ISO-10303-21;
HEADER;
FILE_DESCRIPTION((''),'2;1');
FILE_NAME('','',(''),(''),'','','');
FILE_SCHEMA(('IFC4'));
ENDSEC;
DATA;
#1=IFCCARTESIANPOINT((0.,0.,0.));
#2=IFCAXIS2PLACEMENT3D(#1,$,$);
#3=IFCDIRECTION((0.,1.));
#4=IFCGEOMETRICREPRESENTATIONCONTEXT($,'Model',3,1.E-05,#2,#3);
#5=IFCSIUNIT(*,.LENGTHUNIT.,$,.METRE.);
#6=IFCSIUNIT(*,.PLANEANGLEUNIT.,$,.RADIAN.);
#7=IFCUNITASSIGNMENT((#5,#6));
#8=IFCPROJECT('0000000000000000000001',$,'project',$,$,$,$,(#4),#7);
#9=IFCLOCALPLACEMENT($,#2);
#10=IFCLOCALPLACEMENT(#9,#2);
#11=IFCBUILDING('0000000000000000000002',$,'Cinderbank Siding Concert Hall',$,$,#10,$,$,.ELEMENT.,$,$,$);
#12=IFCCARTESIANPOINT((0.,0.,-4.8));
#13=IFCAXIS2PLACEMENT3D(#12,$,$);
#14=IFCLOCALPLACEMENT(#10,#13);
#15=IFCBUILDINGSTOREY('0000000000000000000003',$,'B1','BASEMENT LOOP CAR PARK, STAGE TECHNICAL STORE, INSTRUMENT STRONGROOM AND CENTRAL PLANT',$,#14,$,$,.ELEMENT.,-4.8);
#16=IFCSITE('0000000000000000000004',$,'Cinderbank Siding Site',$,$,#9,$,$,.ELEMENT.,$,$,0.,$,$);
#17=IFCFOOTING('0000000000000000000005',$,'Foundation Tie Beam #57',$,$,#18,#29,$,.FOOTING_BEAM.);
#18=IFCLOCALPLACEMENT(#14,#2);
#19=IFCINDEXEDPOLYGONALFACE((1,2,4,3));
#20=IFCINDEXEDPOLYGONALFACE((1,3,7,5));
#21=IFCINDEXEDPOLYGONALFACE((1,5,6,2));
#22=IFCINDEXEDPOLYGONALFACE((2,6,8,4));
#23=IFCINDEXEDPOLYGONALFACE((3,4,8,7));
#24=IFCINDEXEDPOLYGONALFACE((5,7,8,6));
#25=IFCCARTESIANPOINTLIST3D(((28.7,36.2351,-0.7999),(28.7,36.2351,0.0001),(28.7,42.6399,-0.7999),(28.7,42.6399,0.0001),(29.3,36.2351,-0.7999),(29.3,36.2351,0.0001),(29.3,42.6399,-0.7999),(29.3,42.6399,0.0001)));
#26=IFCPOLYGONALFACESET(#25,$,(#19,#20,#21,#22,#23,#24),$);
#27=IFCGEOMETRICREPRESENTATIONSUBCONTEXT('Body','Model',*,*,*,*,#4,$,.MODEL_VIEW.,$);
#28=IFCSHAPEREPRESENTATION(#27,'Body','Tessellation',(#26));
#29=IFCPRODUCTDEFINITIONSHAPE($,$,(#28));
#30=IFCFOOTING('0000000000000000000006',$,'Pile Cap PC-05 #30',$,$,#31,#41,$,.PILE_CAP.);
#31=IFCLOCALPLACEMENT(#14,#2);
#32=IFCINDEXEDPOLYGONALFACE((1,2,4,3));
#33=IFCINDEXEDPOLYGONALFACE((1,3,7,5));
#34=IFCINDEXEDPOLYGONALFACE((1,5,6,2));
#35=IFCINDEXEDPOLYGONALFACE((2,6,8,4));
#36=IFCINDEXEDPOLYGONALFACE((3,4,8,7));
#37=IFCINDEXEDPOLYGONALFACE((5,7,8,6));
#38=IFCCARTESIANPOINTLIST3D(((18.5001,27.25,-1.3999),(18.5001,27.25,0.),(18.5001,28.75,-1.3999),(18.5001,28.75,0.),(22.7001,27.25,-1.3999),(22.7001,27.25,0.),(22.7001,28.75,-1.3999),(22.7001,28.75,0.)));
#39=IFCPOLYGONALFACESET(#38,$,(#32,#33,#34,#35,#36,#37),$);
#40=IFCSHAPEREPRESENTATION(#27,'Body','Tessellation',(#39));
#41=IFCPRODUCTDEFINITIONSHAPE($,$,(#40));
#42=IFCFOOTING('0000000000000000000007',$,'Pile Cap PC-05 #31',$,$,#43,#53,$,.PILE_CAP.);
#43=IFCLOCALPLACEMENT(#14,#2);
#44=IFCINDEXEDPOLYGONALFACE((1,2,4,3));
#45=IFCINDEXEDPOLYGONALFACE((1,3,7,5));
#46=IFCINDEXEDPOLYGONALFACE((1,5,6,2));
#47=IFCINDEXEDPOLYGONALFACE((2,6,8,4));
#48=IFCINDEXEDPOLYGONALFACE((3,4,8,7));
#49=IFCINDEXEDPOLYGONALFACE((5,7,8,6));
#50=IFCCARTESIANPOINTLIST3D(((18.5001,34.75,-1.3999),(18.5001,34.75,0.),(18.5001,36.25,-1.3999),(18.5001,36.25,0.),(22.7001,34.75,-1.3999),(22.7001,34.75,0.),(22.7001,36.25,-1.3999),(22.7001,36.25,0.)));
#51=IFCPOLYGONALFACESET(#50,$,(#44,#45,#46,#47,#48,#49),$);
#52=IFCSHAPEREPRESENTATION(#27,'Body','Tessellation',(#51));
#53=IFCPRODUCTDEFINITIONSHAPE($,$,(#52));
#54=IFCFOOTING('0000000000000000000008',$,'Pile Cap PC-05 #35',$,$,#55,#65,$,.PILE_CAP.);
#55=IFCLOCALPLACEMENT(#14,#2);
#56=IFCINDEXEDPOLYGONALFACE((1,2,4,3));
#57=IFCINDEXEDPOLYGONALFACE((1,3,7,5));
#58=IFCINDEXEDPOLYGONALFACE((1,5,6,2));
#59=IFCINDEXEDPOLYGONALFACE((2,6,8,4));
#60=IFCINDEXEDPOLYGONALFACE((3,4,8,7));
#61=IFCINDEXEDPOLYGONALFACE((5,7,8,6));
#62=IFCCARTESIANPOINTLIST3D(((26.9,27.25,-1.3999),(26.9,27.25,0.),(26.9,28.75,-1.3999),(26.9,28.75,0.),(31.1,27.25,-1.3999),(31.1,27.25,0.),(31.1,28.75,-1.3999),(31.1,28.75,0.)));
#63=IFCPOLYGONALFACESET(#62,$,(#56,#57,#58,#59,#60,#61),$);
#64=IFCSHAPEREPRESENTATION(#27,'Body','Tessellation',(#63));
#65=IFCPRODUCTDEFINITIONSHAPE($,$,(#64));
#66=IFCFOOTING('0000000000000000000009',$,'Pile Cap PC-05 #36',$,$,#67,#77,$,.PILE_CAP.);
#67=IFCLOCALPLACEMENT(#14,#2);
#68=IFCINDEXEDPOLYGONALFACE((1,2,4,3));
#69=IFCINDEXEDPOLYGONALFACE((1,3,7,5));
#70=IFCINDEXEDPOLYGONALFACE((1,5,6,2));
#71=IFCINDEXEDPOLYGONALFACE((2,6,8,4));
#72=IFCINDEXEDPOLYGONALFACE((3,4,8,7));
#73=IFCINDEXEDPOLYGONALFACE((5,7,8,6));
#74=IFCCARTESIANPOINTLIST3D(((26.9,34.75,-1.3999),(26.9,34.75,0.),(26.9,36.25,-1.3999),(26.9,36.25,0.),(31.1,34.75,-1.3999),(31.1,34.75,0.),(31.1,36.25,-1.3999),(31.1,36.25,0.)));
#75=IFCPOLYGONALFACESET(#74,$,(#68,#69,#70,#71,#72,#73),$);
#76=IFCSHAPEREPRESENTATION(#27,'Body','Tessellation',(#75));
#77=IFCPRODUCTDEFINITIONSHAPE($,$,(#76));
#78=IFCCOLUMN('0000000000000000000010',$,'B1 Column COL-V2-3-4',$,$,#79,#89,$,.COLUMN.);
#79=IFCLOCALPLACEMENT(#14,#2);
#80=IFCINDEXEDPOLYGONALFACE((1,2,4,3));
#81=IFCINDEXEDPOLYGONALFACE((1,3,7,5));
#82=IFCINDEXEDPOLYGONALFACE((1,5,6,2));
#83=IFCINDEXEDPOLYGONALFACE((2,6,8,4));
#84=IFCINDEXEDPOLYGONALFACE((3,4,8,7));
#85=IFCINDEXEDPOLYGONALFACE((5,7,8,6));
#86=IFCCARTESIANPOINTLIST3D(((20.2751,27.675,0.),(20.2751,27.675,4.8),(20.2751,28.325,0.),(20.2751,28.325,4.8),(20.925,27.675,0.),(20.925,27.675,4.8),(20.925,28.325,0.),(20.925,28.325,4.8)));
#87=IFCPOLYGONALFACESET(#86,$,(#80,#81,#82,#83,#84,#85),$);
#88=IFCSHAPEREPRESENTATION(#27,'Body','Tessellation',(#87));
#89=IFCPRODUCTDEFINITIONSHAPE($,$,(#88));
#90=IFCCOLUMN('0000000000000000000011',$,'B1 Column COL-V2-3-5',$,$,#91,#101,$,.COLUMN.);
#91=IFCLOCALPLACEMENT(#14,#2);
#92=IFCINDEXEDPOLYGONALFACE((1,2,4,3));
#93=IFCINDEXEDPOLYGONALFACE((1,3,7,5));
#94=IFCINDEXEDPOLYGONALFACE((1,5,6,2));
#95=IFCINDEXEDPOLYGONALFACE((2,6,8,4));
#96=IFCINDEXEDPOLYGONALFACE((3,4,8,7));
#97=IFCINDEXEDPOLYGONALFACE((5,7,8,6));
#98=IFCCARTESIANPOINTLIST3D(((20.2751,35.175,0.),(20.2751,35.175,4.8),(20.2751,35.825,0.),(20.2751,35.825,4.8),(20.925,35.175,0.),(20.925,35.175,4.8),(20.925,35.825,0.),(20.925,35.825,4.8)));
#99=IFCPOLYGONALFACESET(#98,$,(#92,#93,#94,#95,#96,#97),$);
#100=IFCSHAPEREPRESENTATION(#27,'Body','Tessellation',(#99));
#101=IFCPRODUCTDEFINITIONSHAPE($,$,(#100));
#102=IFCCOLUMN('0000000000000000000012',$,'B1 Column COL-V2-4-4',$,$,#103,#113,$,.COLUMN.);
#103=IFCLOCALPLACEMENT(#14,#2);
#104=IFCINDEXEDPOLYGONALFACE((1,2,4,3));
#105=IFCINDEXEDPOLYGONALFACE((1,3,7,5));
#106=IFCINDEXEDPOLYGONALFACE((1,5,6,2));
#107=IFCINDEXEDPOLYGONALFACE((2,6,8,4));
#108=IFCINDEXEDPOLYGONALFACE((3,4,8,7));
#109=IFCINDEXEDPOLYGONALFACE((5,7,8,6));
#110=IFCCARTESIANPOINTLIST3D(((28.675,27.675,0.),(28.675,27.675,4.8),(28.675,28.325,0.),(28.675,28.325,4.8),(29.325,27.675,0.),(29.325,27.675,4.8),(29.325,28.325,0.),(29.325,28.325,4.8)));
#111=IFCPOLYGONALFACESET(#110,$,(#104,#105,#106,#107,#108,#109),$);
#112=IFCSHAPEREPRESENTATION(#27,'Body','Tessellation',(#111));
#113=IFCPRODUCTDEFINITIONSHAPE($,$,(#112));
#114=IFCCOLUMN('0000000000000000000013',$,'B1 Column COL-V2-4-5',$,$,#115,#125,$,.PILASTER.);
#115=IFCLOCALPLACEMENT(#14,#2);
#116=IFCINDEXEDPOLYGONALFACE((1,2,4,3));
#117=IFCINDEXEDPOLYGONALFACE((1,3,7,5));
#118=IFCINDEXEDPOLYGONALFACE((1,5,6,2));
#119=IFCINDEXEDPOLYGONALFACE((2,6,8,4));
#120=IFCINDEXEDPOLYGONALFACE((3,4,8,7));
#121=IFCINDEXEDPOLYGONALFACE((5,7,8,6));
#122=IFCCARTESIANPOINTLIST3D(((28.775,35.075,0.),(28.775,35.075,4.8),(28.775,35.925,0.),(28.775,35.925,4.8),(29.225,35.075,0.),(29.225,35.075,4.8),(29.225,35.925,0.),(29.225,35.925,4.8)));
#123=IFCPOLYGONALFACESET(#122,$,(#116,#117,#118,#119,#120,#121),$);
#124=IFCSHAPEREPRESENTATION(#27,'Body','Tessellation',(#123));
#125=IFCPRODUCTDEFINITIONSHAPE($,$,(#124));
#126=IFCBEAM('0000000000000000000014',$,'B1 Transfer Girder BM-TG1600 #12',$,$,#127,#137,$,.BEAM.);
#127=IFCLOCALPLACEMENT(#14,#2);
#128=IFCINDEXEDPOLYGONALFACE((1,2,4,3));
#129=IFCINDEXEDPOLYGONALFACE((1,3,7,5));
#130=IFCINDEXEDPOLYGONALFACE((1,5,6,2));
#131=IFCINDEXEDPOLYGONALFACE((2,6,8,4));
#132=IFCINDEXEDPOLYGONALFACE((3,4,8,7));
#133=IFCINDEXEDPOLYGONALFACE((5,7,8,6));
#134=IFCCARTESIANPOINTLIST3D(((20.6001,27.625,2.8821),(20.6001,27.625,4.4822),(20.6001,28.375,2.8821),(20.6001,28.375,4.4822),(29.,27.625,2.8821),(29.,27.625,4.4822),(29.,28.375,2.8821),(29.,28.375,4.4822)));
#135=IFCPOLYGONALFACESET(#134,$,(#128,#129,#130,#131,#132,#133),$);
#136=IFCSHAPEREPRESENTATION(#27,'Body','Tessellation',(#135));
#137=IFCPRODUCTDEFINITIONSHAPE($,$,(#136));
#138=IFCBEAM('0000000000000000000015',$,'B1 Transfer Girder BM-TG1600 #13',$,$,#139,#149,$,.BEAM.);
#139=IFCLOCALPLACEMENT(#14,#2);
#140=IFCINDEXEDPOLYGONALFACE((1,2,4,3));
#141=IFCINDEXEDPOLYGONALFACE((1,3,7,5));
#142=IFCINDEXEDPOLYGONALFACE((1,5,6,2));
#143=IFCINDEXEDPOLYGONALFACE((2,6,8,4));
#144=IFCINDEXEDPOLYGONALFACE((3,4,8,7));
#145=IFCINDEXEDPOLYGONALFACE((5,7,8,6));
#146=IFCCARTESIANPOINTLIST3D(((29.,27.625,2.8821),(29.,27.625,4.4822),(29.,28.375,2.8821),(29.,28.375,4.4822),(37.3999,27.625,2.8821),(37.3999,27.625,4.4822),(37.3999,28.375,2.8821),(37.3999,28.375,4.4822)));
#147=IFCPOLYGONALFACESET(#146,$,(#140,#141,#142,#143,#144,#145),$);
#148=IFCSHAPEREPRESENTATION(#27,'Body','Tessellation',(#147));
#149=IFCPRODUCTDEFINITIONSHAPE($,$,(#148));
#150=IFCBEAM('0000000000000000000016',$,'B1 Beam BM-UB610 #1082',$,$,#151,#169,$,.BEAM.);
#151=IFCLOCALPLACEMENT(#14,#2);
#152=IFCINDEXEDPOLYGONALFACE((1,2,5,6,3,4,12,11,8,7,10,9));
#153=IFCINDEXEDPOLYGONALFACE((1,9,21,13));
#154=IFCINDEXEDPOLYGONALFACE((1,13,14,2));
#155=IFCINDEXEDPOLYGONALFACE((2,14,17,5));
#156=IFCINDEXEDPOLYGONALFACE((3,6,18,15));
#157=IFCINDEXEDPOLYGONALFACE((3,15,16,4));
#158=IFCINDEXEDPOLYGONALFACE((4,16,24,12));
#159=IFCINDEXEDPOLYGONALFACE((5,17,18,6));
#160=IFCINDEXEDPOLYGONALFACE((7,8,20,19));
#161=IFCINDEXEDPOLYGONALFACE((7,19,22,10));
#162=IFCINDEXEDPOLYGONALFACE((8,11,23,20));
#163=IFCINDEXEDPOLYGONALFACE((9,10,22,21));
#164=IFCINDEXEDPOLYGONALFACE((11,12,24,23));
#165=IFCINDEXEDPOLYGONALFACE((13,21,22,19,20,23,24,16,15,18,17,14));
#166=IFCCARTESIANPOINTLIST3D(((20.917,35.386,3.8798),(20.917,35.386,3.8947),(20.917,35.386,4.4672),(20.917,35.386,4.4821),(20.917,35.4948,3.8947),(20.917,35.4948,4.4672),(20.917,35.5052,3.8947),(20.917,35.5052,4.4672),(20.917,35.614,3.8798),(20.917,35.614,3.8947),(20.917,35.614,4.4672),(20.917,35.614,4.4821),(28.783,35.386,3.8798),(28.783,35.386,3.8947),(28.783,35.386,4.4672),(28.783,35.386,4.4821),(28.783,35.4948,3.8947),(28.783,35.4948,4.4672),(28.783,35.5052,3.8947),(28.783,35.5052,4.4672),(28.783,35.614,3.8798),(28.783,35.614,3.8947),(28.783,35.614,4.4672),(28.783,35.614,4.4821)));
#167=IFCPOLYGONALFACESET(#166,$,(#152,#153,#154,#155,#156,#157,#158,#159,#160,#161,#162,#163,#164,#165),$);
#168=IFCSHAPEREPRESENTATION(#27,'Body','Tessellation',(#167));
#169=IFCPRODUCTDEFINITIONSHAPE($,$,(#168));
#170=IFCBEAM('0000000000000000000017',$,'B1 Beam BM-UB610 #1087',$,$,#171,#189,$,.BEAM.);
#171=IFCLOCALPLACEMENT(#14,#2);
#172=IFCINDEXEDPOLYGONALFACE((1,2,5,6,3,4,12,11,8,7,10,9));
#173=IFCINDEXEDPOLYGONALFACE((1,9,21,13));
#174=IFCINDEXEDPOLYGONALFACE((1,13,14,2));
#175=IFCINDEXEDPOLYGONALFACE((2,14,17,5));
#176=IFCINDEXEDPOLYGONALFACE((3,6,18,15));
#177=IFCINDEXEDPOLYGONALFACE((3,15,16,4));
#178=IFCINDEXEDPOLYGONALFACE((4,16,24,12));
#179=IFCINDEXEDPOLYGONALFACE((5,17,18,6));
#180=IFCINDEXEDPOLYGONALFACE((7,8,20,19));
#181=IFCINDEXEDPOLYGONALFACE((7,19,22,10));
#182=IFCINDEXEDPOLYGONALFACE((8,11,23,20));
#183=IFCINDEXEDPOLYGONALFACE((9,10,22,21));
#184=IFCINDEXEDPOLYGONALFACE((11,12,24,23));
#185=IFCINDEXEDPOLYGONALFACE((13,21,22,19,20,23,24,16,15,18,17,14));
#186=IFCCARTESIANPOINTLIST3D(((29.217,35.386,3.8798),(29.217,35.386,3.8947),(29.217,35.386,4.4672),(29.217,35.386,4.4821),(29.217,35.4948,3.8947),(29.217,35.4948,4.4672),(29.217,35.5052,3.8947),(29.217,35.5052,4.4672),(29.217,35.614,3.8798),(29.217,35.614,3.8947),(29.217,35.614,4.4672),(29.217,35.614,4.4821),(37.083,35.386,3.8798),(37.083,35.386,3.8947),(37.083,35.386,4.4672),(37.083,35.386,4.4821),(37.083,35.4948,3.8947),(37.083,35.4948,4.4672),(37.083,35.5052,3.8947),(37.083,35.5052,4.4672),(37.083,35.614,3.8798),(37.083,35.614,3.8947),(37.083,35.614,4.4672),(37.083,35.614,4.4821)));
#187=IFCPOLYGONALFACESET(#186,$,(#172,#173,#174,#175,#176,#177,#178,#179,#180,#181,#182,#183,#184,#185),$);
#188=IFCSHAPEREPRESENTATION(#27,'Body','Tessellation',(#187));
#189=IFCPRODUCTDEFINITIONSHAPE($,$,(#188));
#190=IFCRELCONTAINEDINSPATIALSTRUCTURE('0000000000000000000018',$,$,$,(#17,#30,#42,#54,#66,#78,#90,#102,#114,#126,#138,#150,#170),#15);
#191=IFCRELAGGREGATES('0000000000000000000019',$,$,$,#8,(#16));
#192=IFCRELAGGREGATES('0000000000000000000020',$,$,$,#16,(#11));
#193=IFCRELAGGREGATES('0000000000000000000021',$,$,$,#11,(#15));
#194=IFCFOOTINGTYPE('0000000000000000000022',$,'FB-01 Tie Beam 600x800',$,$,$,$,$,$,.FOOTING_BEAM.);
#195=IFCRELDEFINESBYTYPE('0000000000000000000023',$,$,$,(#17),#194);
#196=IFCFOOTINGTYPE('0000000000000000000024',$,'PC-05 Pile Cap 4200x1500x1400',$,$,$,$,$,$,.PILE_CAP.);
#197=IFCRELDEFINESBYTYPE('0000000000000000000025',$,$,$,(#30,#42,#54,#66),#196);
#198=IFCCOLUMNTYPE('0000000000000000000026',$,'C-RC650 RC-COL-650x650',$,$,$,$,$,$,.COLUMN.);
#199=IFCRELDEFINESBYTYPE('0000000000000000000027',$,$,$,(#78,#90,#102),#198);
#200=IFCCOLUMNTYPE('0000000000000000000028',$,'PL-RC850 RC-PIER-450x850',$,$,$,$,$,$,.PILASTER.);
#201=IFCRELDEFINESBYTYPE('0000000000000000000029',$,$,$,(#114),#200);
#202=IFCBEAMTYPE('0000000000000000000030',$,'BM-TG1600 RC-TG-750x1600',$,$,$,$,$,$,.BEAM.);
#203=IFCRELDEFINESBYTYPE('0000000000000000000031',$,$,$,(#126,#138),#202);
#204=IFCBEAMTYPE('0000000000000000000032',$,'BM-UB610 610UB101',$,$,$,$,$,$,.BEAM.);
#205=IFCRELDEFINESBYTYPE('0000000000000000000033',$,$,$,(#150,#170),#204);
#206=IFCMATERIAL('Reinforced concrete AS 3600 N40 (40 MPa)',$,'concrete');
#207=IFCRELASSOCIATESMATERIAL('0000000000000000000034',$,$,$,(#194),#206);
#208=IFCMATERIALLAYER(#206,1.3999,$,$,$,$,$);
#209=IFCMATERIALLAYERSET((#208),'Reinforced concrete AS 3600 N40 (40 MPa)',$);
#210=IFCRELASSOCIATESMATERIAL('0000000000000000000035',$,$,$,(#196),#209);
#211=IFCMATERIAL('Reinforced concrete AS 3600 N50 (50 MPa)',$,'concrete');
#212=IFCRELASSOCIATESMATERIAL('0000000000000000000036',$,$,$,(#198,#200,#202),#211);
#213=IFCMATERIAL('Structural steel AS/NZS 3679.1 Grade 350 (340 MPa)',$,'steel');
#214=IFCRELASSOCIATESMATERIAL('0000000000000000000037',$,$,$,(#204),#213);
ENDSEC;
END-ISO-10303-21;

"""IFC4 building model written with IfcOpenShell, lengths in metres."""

from ifc_helpers import new_model, si_unit, direction, frame, origin, origin_2d, place, context, subcontext, project, spatial, rectangle, i_section, extrude, material, layer, layer_set, material_profile, profile_set, type_object, element, save


model = new_model("IFC4")

# Units and contexts
model_context = context("Model", 3, precision=1e-05, world=origin(), true_north=direction((0.0, 1.0)))
body_context = subcontext(model_context, "Body", "Model", "MODEL_VIEW")
ifc_project = project(units=[si_unit("LENGTHUNIT", "METRE"), si_unit("PLANEANGLEUNIT", "RADIAN")], contexts=[model_context])

# Site, building, storey
site_placement = place(None, origin())
site = spatial("IfcSite", under=ifc_project, at=site_placement, Name="Cinderbank Siding Site", CompositionType="ELEMENT", RefElevation=0.0)
building_placement = place(site_placement, origin())
building = spatial("IfcBuilding", under=site, at=building_placement, Name="Cinderbank Siding Concert Hall", CompositionType="ELEMENT")
storey_placement = place(building_placement, frame((0.0, 0.0, -4.8)))
storey = spatial("IfcBuildingStorey", under=building, at=storey_placement, Name="B1", Description="BASEMENT LOOP CAR PARK, STAGE TECHNICAL STORE, INSTRUMENT STRONGROOM AND CENTRAL PLANT", CompositionType="ELEMENT", Elevation=-4.8)

# Shared definitions
ifc_material_1 = material(Name="Reinforced concrete AS 3600 N40 (40 MPa)", Category="concrete")

# Footings
ifc_material_profile_1 = material_profile(ifc_material_1, rectangle(XDim=0.6001, YDim=0.8, at=origin_2d()), Name="RC-FB-600x800", Category="LoadBearing")
ifc_profile_set_1 = profile_set([ifc_material_profile_1], Name="Reinforced concrete AS 3600 N40 (40 MPa)")
footing_type_1 = type_object("IfcFootingType", Name="FB-01 Tie Beam 600x800", PredefinedType="FOOTING_BEAM", material=ifc_profile_set_1)
footing_1_placement = place(storey_placement, frame((29.0, 36.2351, -0.3999), z_axis=(0.0, 1.0, 0.0), x_axis=(-1.0, 0.0, 0.0)))
element("IfcFooting", 1, at=footing_1_placement, inside=storey, type_object=footing_type_1, Name="Foundation Tie Beam #57", PredefinedType="FOOTING_BEAM", context=body_context, shape_type="SweptSolid", body=[
    extrude(rectangle(XDim=0.6001, YDim=0.8, at=origin_2d()), origin(), (0.0, 0.0, 1.0), 6.4048),
])
ifc_layer_1 = layer(ifc_material_1, 1.3999)
ifc_layer_set_1 = layer_set([ifc_layer_1], Name="Reinforced concrete AS 3600 N40 (40 MPa)")
footing_type_2 = type_object("IfcFootingType", Name="PC-05 Pile Cap 4200x1500x1400", PredefinedType="PILE_CAP", material=ifc_layer_set_1)
for number, where, z_axis, x_axis, name in (
    (2, (20.6001, 28.0, -1.3999), (0.0, 0.0, 1.0), (1.0, 0.0, 0.0), "Pile Cap PC-05 #30"),
    (3, (20.6001, 35.5, -1.3999), (0.0, 0.0, 1.0), (1.0, 0.0, 0.0), "Pile Cap PC-05 #31"),
    (4, (29.0, 28.0, -1.3999), (0.0, 0.0, 1.0), (1.0, 0.0, 0.0), "Pile Cap PC-05 #35"),
    (5, (29.0, 35.5, -1.3999), (0.0, 0.0, 1.0), (1.0, 0.0, 0.0), "Pile Cap PC-05 #36"),
):
    element("IfcFooting", number, at=place(storey_placement, frame(where, z_axis=z_axis, x_axis=x_axis)), inside=storey, type_object=footing_type_2, Name=name, PredefinedType="PILE_CAP", context=body_context, shape_type="SweptSolid", body=[
        extrude(rectangle(XDim=4.2, YDim=1.5, at=origin_2d()), origin(), (0.0, 0.0, 1.0), 1.3999),
    ])

# Columns
ifc_material_2 = material(Name="Reinforced concrete AS 3600 N50 (50 MPa)", Category="concrete")
ifc_material_profile_2 = material_profile(ifc_material_2, rectangle(XDim=0.6499, YDim=0.6499, at=origin_2d()), Name="RC-COL-650x650", Category="LoadBearing")
ifc_profile_set_2 = profile_set([ifc_material_profile_2], Name="Reinforced concrete AS 3600 N50 (50 MPa)")
column_type_1 = type_object("IfcColumnType", Name="C-RC650 RC-COL-650x650", PredefinedType="COLUMN", material=ifc_profile_set_2)
for number, where, z_axis, x_axis, name in (
    (6, (20.6001, 28.0, 0.0), (0.0, 0.0, 1.0), (1.0, 0.0, 0.0), "B1 Column COL-V2-3-4"),
    (7, (20.6001, 35.5, 0.0), (0.0, 0.0, 1.0), (1.0, 0.0, 0.0), "B1 Column COL-V2-3-5"),
    (8, (29.0, 28.0, 0.0), (0.0, 0.0, 1.0), (1.0, 0.0, 0.0), "B1 Column COL-V2-4-4"),
):
    element("IfcColumn", number, at=place(storey_placement, frame(where, z_axis=z_axis, x_axis=x_axis)), inside=storey, type_object=column_type_1, Name=name, PredefinedType="COLUMN", context=body_context, shape_type="SweptSolid", body=[
        extrude(rectangle(XDim=0.6499, YDim=0.6499, at=origin_2d()), origin(), (0.0, 0.0, 1.0), 4.8),
    ])
ifc_material_profile_3 = material_profile(ifc_material_2, rectangle(XDim=0.45, YDim=0.8501, at=origin_2d()), Name="RC-PIER-450x850", Category="LoadBearing")
ifc_profile_set_3 = profile_set([ifc_material_profile_3], Name="Reinforced concrete AS 3600 N50 (50 MPa)")
column_type_2 = type_object("IfcColumnType", Name="PL-RC850 RC-PIER-450x850", PredefinedType="PILASTER", material=ifc_profile_set_3)
column_placement = place(storey_placement, frame((29.0, 35.5, 0.0), z_axis=(0.0, 0.0, 1.0), x_axis=(1.0, 0.0, 0.0)))
element("IfcColumn", 9, at=column_placement, inside=storey, type_object=column_type_2, Name="B1 Column COL-V2-4-5", PredefinedType="PILASTER", context=body_context, shape_type="SweptSolid", body=[
    extrude(rectangle(XDim=0.45, YDim=0.8501, at=origin_2d()), origin(), (0.0, 0.0, 1.0), 4.8),
])

# Beams
ifc_material_profile_4 = material_profile(ifc_material_2, rectangle(XDim=0.75, YDim=1.6001, at=origin_2d()), Name="RC-TG-750x1600", Category="LoadBearing")
ifc_profile_set_4 = profile_set([ifc_material_profile_4], Name="Reinforced concrete AS 3600 N50 (50 MPa)")
beam_type_1 = type_object("IfcBeamType", Name="BM-TG1600 RC-TG-750x1600", PredefinedType="BEAM", material=ifc_profile_set_4)
for number, where, z_axis, x_axis, name in (
    (10, (20.6001, 28.0, 3.6821), (1.0, 0.0, 0.0), (0.0, 1.0, 0.0), "B1 Transfer Girder BM-TG1600 #12"),
    (11, (29.0, 28.0, 3.6821), (1.0, 0.0, 0.0), (0.0, 1.0, 0.0), "B1 Transfer Girder BM-TG1600 #13"),
):
    element("IfcBeam", number, at=place(storey_placement, frame(where, z_axis=z_axis, x_axis=x_axis)), inside=storey, type_object=beam_type_1, Name=name, PredefinedType="BEAM", context=body_context, shape_type="SweptSolid", body=[
        extrude(rectangle(XDim=0.75, YDim=1.6001, at=origin_2d()), origin(), (0.0, 0.0, 1.0), 8.3999),
    ])
ifc_material_3 = material(Name="Structural steel AS/NZS 3679.1 Grade 350 (340 MPa)", Category="steel")
ifc_material_profile_5 = material_profile(ifc_material_3, i_section(OverallWidth=0.228, OverallDepth=0.6023, WebThickness=0.0105, FlangeThickness=0.0149, at=origin_2d()), Name="610UB101", Category="LoadBearing")
ifc_profile_set_5 = profile_set([ifc_material_profile_5], Name="Structural steel AS/NZS 3679.1 Grade 350 (340 MPa)")
beam_type_2 = type_object("IfcBeamType", Name="BM-UB610 610UB101", PredefinedType="BEAM", material=ifc_profile_set_5)
for number, where, z_axis, x_axis, name in (
    (12, (20.917, 35.5, 4.1809), (1.0, 0.0, 0.0), (0.0, 1.0, 0.0), "B1 Beam BM-UB610 #1082"),
    (13, (29.217, 35.5, 4.1809), (1.0, 0.0, 0.0), (0.0, 1.0, 0.0), "B1 Beam BM-UB610 #1087"),
):
    element("IfcBeam", number, at=place(storey_placement, frame(where, z_axis=z_axis, x_axis=x_axis)), inside=storey, type_object=beam_type_2, Name=name, PredefinedType="BEAM", context=body_context, shape_type="SweptSolid", body=[
        extrude(i_section(OverallWidth=0.228, OverallDepth=0.6023, WebThickness=0.0105, FlangeThickness=0.0149, at=origin_2d()), origin(), (0.0, 0.0, 1.0), 7.866),
    ])

save(model, "model.ifc")
